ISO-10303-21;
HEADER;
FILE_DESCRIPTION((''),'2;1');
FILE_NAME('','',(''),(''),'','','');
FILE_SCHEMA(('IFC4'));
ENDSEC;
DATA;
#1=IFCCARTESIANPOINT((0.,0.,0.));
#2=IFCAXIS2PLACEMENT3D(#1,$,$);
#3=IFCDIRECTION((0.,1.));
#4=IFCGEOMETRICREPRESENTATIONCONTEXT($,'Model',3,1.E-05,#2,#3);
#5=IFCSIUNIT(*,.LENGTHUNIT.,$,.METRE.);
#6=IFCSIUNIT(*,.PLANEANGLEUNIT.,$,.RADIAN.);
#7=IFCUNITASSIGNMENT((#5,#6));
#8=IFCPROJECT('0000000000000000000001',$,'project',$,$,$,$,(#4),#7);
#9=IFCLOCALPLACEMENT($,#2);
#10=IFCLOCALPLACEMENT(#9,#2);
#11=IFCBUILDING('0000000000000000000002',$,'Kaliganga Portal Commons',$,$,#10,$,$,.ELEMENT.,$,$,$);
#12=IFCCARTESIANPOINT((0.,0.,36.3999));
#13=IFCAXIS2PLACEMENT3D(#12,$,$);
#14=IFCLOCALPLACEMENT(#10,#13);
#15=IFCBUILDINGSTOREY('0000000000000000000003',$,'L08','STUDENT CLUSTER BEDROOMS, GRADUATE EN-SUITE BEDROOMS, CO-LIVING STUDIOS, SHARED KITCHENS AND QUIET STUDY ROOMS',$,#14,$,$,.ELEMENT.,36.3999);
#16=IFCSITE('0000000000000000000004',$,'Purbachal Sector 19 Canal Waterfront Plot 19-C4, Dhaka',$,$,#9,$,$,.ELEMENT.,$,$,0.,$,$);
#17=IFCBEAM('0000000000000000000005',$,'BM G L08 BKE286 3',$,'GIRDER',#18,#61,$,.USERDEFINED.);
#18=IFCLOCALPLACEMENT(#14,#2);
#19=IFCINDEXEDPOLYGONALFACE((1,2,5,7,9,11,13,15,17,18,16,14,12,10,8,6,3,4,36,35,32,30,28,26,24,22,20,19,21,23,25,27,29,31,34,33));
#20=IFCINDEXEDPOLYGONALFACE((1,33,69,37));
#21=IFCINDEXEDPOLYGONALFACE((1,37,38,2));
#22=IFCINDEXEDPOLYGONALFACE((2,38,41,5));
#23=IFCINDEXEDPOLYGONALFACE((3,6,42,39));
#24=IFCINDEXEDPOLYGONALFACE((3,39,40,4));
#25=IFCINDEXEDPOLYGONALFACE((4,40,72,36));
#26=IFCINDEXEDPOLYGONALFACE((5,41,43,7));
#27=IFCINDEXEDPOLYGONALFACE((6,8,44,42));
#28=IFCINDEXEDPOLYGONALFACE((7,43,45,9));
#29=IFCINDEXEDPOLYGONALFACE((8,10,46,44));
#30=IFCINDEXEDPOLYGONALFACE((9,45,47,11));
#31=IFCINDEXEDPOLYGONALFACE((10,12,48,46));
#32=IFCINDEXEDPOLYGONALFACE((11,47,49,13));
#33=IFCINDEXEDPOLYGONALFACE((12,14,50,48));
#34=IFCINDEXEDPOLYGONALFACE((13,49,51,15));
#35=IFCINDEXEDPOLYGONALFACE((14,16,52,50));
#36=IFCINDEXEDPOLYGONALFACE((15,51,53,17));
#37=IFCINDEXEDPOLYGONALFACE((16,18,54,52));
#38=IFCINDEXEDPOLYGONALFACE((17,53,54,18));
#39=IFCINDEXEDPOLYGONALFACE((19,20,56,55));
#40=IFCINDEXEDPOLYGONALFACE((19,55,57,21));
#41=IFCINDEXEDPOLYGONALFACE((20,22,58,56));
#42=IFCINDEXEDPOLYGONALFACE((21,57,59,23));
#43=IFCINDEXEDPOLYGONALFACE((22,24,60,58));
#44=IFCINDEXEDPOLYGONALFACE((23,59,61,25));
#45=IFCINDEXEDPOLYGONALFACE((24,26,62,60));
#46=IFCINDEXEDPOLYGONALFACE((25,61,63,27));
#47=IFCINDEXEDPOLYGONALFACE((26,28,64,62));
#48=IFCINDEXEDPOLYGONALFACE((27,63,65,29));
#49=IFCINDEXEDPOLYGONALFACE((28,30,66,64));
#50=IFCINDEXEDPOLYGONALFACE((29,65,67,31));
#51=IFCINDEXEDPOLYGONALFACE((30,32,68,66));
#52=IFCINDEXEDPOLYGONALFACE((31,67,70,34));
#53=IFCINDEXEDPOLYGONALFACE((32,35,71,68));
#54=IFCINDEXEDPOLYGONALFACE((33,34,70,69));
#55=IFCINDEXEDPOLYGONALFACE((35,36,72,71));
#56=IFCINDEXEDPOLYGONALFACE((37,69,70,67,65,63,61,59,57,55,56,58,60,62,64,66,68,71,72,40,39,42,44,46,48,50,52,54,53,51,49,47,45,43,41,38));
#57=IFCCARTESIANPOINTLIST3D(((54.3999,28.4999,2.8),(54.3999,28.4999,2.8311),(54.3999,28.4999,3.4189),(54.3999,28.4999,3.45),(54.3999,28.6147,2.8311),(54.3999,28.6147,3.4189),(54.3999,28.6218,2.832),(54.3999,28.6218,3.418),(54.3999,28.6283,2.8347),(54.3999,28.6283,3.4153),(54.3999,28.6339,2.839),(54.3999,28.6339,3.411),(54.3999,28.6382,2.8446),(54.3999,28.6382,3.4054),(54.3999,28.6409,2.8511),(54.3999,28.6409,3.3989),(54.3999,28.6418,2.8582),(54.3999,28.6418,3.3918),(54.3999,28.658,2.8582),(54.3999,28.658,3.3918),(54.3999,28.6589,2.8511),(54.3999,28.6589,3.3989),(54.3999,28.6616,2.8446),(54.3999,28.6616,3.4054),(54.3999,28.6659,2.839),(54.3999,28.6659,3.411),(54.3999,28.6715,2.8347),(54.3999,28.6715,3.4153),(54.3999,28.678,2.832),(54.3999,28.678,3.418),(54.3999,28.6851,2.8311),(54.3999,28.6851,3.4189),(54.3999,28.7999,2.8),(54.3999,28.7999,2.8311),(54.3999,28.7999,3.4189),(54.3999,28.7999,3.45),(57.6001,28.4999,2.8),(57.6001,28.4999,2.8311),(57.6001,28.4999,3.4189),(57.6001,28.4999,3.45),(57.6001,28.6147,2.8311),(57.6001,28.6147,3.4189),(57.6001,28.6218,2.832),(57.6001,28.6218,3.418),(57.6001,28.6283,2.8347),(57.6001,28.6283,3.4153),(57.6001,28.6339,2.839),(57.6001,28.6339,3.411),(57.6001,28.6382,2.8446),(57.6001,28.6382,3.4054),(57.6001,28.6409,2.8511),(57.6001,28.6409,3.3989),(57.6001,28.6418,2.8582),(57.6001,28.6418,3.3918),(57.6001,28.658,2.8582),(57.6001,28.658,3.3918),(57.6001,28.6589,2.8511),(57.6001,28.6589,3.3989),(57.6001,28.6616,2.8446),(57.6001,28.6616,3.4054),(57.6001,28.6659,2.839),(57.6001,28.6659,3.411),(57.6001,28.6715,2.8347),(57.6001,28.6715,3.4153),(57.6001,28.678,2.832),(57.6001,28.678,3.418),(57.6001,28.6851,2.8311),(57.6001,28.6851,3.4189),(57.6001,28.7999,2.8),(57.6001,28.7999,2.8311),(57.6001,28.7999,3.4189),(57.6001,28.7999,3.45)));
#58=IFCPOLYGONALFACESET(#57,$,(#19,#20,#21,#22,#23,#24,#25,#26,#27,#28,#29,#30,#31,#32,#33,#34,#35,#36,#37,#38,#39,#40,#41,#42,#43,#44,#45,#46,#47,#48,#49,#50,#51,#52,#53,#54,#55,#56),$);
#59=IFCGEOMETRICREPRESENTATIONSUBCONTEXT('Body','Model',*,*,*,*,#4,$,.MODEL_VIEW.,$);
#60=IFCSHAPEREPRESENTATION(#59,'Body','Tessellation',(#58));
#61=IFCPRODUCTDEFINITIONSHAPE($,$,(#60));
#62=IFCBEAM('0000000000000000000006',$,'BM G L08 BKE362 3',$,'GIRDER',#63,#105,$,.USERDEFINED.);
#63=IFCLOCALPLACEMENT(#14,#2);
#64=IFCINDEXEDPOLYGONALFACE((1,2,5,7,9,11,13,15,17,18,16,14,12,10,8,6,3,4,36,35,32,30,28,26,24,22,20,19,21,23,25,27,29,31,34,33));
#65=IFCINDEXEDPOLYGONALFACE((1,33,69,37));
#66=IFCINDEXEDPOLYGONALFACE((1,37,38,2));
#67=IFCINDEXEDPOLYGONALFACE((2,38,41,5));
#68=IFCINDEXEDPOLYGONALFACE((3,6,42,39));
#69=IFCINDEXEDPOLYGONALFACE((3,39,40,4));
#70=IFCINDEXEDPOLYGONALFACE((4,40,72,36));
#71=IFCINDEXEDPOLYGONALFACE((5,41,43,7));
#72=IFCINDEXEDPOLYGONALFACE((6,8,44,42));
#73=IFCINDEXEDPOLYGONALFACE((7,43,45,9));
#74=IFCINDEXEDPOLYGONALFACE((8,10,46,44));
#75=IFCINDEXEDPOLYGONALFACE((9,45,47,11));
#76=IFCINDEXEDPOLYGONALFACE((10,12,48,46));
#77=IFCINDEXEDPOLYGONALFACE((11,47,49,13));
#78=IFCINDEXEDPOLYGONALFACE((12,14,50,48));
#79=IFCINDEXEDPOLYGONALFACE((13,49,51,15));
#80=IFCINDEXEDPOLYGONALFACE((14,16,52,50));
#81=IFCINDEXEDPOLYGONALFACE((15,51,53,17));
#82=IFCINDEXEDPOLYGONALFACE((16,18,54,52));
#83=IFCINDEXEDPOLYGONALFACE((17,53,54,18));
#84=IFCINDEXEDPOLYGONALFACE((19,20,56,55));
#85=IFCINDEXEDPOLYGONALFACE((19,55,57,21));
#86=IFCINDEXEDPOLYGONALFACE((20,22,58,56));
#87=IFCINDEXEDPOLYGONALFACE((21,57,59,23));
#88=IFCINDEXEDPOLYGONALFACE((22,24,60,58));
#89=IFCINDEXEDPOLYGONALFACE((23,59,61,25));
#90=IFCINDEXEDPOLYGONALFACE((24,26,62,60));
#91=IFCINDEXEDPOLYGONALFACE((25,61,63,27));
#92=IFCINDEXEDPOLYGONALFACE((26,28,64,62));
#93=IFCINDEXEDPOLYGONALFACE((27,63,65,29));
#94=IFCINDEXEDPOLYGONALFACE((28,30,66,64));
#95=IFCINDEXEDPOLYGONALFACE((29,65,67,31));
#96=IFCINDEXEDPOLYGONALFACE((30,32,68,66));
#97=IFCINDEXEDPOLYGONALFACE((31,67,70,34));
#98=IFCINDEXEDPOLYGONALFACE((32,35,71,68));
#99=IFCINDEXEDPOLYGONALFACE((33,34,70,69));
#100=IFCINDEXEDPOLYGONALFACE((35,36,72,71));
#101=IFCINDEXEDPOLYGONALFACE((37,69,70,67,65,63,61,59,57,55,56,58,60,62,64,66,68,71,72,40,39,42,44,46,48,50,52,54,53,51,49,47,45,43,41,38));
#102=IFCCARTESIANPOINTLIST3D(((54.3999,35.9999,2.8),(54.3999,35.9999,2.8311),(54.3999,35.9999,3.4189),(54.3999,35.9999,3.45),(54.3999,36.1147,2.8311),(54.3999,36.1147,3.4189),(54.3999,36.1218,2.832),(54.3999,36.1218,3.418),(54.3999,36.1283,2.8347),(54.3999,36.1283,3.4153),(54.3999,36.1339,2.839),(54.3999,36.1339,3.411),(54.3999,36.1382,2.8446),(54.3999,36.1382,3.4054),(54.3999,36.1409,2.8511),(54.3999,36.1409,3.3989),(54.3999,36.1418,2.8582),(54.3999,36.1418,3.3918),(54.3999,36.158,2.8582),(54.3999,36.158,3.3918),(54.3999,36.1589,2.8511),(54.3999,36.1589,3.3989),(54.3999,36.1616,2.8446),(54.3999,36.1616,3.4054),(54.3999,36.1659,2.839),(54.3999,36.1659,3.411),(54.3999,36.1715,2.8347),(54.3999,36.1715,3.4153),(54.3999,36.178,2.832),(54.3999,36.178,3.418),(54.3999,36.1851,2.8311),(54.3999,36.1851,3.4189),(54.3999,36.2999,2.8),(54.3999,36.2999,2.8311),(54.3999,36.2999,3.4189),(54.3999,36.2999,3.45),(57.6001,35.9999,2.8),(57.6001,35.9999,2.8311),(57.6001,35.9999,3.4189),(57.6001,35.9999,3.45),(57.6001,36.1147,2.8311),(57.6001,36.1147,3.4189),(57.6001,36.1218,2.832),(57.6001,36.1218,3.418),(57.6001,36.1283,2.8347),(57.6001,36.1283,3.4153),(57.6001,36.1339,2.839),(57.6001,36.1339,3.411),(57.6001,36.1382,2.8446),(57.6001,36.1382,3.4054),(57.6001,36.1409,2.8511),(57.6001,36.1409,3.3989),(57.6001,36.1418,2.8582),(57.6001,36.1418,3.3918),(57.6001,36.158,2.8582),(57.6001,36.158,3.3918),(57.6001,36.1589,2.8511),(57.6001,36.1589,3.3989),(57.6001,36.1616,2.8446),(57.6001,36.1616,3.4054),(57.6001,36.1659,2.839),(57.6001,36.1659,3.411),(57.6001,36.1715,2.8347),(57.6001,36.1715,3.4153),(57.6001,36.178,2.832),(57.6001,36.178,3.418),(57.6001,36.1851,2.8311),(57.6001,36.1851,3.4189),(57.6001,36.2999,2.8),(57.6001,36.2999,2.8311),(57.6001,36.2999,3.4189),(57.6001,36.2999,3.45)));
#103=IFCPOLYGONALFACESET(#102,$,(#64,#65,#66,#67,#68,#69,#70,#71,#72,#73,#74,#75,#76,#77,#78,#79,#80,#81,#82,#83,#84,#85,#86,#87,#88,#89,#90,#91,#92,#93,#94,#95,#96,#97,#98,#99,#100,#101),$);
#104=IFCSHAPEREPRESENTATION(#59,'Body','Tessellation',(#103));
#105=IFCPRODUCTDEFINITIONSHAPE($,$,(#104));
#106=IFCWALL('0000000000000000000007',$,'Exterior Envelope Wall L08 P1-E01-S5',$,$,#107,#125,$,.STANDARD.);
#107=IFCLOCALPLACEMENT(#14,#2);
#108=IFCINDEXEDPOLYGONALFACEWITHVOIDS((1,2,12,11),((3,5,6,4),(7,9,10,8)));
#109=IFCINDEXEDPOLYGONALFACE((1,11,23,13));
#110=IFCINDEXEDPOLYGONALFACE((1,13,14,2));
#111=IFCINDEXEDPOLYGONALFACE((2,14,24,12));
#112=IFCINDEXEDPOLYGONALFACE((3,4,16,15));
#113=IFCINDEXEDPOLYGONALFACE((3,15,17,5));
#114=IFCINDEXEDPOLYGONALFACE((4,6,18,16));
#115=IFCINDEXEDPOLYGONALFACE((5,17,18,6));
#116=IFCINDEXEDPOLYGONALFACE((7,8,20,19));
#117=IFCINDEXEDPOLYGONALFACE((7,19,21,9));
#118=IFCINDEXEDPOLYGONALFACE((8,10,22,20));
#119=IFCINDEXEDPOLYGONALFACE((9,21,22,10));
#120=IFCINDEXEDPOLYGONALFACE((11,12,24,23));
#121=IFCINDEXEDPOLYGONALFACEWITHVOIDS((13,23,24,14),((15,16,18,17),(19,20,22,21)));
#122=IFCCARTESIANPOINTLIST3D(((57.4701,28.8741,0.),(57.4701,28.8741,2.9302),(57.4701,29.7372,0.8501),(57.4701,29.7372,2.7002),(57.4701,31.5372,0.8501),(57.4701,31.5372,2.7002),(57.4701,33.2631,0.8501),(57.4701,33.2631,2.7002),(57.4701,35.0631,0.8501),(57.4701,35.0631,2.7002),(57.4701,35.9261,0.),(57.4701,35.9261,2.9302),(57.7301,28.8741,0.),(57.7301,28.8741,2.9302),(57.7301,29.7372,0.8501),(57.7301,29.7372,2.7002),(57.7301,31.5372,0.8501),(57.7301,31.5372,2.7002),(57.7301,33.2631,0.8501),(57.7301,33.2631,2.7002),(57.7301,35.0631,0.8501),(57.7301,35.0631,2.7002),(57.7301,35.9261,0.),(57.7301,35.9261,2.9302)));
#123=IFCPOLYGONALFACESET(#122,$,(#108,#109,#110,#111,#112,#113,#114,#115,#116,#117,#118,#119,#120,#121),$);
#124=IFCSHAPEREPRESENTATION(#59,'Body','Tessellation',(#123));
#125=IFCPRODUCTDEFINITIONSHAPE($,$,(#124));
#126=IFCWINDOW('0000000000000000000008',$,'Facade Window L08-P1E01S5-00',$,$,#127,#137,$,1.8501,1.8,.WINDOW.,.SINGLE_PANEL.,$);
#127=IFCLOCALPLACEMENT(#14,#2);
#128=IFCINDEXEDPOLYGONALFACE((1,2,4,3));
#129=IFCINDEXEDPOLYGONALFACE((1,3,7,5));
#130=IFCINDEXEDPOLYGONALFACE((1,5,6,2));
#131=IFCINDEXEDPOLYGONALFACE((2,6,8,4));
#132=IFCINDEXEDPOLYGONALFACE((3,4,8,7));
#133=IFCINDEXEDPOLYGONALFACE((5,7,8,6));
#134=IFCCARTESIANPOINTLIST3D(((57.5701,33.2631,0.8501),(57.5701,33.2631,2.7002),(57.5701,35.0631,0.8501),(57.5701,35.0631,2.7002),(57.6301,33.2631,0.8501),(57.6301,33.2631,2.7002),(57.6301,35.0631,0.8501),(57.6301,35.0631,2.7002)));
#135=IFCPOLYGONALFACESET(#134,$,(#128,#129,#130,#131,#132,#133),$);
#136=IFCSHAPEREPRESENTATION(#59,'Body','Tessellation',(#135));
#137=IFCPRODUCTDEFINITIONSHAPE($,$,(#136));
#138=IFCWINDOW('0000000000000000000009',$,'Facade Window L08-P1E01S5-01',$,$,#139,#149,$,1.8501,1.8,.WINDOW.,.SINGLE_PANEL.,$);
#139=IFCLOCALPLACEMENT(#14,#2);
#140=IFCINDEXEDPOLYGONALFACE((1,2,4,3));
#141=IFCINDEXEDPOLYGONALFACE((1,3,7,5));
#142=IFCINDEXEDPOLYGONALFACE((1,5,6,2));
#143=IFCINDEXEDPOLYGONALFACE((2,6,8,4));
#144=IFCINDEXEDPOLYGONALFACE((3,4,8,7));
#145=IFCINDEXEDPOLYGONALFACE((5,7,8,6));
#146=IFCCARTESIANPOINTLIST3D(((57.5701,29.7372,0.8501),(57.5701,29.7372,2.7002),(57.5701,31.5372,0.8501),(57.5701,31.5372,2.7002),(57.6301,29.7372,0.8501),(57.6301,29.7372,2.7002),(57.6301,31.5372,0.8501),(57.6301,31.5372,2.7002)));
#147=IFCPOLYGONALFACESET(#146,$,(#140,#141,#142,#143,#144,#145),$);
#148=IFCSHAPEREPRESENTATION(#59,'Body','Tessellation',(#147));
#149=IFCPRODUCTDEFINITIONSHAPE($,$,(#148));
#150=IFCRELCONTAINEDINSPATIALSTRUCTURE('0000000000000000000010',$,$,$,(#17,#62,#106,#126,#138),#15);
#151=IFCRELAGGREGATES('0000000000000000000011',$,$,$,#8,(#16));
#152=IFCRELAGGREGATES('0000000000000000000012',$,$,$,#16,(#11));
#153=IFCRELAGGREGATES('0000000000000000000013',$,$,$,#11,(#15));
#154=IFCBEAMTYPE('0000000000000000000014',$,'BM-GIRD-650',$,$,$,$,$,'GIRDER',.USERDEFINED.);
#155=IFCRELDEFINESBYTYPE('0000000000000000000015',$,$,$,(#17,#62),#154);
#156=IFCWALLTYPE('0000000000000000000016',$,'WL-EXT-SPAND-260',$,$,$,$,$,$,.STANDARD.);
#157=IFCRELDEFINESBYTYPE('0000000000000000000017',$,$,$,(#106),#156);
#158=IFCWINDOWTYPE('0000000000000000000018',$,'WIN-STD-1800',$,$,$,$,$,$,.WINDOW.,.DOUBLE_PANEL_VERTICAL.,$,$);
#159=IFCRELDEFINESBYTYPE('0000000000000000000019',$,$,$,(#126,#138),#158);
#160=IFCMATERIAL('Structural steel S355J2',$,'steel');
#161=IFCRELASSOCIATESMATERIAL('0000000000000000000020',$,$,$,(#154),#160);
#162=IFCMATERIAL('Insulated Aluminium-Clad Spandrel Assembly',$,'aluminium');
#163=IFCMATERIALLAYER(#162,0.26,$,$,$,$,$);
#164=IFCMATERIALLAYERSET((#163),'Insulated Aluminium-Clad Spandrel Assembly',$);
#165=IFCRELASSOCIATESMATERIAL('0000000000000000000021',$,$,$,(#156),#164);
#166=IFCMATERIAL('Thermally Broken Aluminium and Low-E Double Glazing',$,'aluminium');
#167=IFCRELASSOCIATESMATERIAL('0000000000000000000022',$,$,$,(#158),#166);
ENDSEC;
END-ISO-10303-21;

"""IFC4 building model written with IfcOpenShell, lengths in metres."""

from ifc_helpers import new_model, si_unit, direction, frame, frame_2d, origin, origin_2d, place, context, subcontext, project, spatial, rectangle, i_section, extrude, source, transform, mapped, material, layer, layer_set, material_profile, profile_set, type_object, element, fill, save


model = new_model("IFC4")

# Units and contexts
model_context = context("Model", 3, precision=1e-05, world=origin(), true_north=direction((0.0, 1.0)))
body_context = subcontext(model_context, "Body", "Model", "MODEL_VIEW")
ifc_project = project(units=[si_unit("LENGTHUNIT", "METRE"), si_unit("PLANEANGLEUNIT", "RADIAN")], contexts=[model_context])

# Site, building, storey
site_placement = place(None, origin())
site = spatial("IfcSite", under=ifc_project, at=site_placement, Name="Purbachal Sector 19 Canal Waterfront Plot 19-C4, Dhaka", CompositionType="ELEMENT", RefElevation=0.0)
building_placement = place(site_placement, origin())
building = spatial("IfcBuilding", under=site, at=building_placement, Name="Kaliganga Portal Commons", CompositionType="ELEMENT")
storey_placement = place(building_placement, frame((0.0, 0.0, 36.3999)))
storey = spatial("IfcBuildingStorey", under=building, at=storey_placement, Name="L08", Description="STUDENT CLUSTER BEDROOMS, GRADUATE EN-SUITE BEDROOMS, CO-LIVING STUDIOS, SHARED KITCHENS AND QUIET STUDY ROOMS", CompositionType="ELEMENT", Elevation=36.3999)

# Beams
ifc_material_1 = material(Name="Structural steel S355J2", Category="steel")
ifc_material_profile_1 = material_profile(ifc_material_1, i_section(OverallWidth=0.3, OverallDepth=0.6499, WebThickness=0.0161, FlangeThickness=0.031, FilletRadius=0.0271, at=origin_2d()), Name="HE 650 B")
ifc_profile_set_1 = profile_set([ifc_material_profile_1], Name="Structural steel S355J2 wide-flange")
beam_type_1 = type_object("IfcBeamType", Name="BM-GIRD-650", ElementType="GIRDER", PredefinedType="USERDEFINED", material=ifc_profile_set_1)
shared_shape_1 = source(origin(), body_context, "Body", "SweptSolid", [
    extrude(i_section(OverallWidth=0.3, OverallDepth=0.6499, WebThickness=0.0161, FlangeThickness=0.031, FilletRadius=0.0271, at=origin_2d()), origin(), (0.0, 0.0, 1.0), 3.2002),
])
for number, where, z_axis, x_axis, name in (
    (1, (54.3999, 28.6499, 3.125), (1.0, 0.0, 0.0), (0.0, 1.0, 0.0), "BM G L08 BKE286 3"),
    (2, (54.3999, 36.1499, 3.125), (1.0, 0.0, 0.0), (0.0, 1.0, 0.0), "BM G L08 BKE362 3"),
):
    element("IfcBeam", number, at=place(storey_placement, frame(where, z_axis=z_axis, x_axis=x_axis)), inside=storey, type_object=beam_type_1, Name=name, ObjectType="GIRDER", PredefinedType="USERDEFINED", context=body_context, shape_type="MappedRepresentation", body=[
        mapped(shared_shape_1, transform((0.0, 0.0, 0.0), x_axis=(1.0, 0.0, 0.0), y_axis=(0.0, 1.0, 0.0), z_axis=(0.0, 0.0, 1.0), scale=1.0)),
    ])

# Wall, openings, windows
ifc_material_2 = material(Name="Insulated Aluminium-Clad Spandrel Assembly", Category="aluminium")
ifc_layer_1 = layer(ifc_material_2, 0.26)
ifc_layer_set_1 = layer_set([ifc_layer_1], Name="Insulated Aluminium-Clad Spandrel Assembly")
wall_type_1 = type_object("IfcWallType", Name="WL-EXT-SPAND-260", PredefinedType="STANDARD", material=ifc_layer_set_1)
wall_1_placement = place(storey_placement, frame((57.6001, 35.926, 0.0), z_axis=(0.0, 0.0, 1.0), x_axis=(0.0, -1.0, 0.0)))
wall_1 = element("IfcWall", 3, at=wall_1_placement, inside=storey, type_object=wall_type_1, Name="Exterior Envelope Wall L08 P1-E01-S5", PredefinedType="STANDARD", context=body_context, shape_type="SweptSolid", body=[
    extrude(rectangle(XDim=7.052, YDim=0.26, at=frame_2d((3.5259, 0.0))), origin(), (0.0, 0.0, 1.0), 2.9302),
])
opening_1_placement = place(wall_1_placement, frame((0.863, 0.0, 0.8501)))
opening_1 = element("IfcOpeningElement", 4, at=opening_1_placement, cuts=wall_1, PredefinedType="OPENING", context=body_context, shape_type="SweptSolid", body=[
    extrude(rectangle(XDim=1.8, YDim=1.8501, at=frame_2d((0.8999, 0.925))), frame((0.0, 0.1401, 0.0), z_axis=(0.0, -1.0, 0.0), x_axis=(1.0, 0.0, 0.0)), (0.0, 0.0, 1.0), 0.28),
])
opening_2_placement = place(wall_1_placement, frame((4.3889, 0.0, 0.8501)))
opening_2 = element("IfcOpeningElement", 5, at=opening_2_placement, cuts=wall_1, PredefinedType="OPENING", context=body_context, shape_type="SweptSolid", body=[
    extrude(rectangle(XDim=1.8, YDim=1.8501, at=frame_2d((0.8999, 0.925))), frame((0.0, 0.1401, 0.0), z_axis=(0.0, -1.0, 0.0), x_axis=(1.0, 0.0, 0.0)), (0.0, 0.0, 1.0), 0.28),
])
ifc_material_3 = material(Name="Thermally Broken Aluminium and Low-E Double Glazing", Category="aluminium")
window_type_1 = type_object("IfcWindowType", Name="WIN-STD-1800", PartitioningType="DOUBLE_PANEL_VERTICAL", PredefinedType="WINDOW", material=ifc_material_3)
window_1_placement = place(opening_1_placement, origin())
window_1 = element("IfcWindow", 6, at=window_1_placement, inside=storey, type_object=window_type_1, Name="Facade Window L08-P1E01S5-00", OverallHeight=1.8501, OverallWidth=1.8, PartitioningType="SINGLE_PANEL", PredefinedType="WINDOW", context=body_context, shape_type="SweptSolid", body=[
    extrude(rectangle(XDim=1.8, YDim=1.8501, at=frame_2d((0.8999, 0.925))), frame((0.0, 0.03, 0.0), z_axis=(0.0, -1.0, 0.0), x_axis=(1.0, 0.0, 0.0)), (0.0, 0.0, 1.0), 0.0601),
])
fill(opening_1, window_1)
window_2_placement = place(opening_2_placement, origin())
window_2 = element("IfcWindow", 7, at=window_2_placement, inside=storey, type_object=window_type_1, Name="Facade Window L08-P1E01S5-01", OverallHeight=1.8501, OverallWidth=1.8, PartitioningType="SINGLE_PANEL", PredefinedType="WINDOW", context=body_context, shape_type="SweptSolid", body=[
    extrude(rectangle(XDim=1.8, YDim=1.8501, at=frame_2d((0.8999, 0.925))), frame((0.0, 0.03, 0.0), z_axis=(0.0, -1.0, 0.0), x_axis=(1.0, 0.0, 0.0)), (0.0, 0.0, 1.0), 0.0601),
])
fill(opening_2, window_2)

save(model, "model.ifc")
